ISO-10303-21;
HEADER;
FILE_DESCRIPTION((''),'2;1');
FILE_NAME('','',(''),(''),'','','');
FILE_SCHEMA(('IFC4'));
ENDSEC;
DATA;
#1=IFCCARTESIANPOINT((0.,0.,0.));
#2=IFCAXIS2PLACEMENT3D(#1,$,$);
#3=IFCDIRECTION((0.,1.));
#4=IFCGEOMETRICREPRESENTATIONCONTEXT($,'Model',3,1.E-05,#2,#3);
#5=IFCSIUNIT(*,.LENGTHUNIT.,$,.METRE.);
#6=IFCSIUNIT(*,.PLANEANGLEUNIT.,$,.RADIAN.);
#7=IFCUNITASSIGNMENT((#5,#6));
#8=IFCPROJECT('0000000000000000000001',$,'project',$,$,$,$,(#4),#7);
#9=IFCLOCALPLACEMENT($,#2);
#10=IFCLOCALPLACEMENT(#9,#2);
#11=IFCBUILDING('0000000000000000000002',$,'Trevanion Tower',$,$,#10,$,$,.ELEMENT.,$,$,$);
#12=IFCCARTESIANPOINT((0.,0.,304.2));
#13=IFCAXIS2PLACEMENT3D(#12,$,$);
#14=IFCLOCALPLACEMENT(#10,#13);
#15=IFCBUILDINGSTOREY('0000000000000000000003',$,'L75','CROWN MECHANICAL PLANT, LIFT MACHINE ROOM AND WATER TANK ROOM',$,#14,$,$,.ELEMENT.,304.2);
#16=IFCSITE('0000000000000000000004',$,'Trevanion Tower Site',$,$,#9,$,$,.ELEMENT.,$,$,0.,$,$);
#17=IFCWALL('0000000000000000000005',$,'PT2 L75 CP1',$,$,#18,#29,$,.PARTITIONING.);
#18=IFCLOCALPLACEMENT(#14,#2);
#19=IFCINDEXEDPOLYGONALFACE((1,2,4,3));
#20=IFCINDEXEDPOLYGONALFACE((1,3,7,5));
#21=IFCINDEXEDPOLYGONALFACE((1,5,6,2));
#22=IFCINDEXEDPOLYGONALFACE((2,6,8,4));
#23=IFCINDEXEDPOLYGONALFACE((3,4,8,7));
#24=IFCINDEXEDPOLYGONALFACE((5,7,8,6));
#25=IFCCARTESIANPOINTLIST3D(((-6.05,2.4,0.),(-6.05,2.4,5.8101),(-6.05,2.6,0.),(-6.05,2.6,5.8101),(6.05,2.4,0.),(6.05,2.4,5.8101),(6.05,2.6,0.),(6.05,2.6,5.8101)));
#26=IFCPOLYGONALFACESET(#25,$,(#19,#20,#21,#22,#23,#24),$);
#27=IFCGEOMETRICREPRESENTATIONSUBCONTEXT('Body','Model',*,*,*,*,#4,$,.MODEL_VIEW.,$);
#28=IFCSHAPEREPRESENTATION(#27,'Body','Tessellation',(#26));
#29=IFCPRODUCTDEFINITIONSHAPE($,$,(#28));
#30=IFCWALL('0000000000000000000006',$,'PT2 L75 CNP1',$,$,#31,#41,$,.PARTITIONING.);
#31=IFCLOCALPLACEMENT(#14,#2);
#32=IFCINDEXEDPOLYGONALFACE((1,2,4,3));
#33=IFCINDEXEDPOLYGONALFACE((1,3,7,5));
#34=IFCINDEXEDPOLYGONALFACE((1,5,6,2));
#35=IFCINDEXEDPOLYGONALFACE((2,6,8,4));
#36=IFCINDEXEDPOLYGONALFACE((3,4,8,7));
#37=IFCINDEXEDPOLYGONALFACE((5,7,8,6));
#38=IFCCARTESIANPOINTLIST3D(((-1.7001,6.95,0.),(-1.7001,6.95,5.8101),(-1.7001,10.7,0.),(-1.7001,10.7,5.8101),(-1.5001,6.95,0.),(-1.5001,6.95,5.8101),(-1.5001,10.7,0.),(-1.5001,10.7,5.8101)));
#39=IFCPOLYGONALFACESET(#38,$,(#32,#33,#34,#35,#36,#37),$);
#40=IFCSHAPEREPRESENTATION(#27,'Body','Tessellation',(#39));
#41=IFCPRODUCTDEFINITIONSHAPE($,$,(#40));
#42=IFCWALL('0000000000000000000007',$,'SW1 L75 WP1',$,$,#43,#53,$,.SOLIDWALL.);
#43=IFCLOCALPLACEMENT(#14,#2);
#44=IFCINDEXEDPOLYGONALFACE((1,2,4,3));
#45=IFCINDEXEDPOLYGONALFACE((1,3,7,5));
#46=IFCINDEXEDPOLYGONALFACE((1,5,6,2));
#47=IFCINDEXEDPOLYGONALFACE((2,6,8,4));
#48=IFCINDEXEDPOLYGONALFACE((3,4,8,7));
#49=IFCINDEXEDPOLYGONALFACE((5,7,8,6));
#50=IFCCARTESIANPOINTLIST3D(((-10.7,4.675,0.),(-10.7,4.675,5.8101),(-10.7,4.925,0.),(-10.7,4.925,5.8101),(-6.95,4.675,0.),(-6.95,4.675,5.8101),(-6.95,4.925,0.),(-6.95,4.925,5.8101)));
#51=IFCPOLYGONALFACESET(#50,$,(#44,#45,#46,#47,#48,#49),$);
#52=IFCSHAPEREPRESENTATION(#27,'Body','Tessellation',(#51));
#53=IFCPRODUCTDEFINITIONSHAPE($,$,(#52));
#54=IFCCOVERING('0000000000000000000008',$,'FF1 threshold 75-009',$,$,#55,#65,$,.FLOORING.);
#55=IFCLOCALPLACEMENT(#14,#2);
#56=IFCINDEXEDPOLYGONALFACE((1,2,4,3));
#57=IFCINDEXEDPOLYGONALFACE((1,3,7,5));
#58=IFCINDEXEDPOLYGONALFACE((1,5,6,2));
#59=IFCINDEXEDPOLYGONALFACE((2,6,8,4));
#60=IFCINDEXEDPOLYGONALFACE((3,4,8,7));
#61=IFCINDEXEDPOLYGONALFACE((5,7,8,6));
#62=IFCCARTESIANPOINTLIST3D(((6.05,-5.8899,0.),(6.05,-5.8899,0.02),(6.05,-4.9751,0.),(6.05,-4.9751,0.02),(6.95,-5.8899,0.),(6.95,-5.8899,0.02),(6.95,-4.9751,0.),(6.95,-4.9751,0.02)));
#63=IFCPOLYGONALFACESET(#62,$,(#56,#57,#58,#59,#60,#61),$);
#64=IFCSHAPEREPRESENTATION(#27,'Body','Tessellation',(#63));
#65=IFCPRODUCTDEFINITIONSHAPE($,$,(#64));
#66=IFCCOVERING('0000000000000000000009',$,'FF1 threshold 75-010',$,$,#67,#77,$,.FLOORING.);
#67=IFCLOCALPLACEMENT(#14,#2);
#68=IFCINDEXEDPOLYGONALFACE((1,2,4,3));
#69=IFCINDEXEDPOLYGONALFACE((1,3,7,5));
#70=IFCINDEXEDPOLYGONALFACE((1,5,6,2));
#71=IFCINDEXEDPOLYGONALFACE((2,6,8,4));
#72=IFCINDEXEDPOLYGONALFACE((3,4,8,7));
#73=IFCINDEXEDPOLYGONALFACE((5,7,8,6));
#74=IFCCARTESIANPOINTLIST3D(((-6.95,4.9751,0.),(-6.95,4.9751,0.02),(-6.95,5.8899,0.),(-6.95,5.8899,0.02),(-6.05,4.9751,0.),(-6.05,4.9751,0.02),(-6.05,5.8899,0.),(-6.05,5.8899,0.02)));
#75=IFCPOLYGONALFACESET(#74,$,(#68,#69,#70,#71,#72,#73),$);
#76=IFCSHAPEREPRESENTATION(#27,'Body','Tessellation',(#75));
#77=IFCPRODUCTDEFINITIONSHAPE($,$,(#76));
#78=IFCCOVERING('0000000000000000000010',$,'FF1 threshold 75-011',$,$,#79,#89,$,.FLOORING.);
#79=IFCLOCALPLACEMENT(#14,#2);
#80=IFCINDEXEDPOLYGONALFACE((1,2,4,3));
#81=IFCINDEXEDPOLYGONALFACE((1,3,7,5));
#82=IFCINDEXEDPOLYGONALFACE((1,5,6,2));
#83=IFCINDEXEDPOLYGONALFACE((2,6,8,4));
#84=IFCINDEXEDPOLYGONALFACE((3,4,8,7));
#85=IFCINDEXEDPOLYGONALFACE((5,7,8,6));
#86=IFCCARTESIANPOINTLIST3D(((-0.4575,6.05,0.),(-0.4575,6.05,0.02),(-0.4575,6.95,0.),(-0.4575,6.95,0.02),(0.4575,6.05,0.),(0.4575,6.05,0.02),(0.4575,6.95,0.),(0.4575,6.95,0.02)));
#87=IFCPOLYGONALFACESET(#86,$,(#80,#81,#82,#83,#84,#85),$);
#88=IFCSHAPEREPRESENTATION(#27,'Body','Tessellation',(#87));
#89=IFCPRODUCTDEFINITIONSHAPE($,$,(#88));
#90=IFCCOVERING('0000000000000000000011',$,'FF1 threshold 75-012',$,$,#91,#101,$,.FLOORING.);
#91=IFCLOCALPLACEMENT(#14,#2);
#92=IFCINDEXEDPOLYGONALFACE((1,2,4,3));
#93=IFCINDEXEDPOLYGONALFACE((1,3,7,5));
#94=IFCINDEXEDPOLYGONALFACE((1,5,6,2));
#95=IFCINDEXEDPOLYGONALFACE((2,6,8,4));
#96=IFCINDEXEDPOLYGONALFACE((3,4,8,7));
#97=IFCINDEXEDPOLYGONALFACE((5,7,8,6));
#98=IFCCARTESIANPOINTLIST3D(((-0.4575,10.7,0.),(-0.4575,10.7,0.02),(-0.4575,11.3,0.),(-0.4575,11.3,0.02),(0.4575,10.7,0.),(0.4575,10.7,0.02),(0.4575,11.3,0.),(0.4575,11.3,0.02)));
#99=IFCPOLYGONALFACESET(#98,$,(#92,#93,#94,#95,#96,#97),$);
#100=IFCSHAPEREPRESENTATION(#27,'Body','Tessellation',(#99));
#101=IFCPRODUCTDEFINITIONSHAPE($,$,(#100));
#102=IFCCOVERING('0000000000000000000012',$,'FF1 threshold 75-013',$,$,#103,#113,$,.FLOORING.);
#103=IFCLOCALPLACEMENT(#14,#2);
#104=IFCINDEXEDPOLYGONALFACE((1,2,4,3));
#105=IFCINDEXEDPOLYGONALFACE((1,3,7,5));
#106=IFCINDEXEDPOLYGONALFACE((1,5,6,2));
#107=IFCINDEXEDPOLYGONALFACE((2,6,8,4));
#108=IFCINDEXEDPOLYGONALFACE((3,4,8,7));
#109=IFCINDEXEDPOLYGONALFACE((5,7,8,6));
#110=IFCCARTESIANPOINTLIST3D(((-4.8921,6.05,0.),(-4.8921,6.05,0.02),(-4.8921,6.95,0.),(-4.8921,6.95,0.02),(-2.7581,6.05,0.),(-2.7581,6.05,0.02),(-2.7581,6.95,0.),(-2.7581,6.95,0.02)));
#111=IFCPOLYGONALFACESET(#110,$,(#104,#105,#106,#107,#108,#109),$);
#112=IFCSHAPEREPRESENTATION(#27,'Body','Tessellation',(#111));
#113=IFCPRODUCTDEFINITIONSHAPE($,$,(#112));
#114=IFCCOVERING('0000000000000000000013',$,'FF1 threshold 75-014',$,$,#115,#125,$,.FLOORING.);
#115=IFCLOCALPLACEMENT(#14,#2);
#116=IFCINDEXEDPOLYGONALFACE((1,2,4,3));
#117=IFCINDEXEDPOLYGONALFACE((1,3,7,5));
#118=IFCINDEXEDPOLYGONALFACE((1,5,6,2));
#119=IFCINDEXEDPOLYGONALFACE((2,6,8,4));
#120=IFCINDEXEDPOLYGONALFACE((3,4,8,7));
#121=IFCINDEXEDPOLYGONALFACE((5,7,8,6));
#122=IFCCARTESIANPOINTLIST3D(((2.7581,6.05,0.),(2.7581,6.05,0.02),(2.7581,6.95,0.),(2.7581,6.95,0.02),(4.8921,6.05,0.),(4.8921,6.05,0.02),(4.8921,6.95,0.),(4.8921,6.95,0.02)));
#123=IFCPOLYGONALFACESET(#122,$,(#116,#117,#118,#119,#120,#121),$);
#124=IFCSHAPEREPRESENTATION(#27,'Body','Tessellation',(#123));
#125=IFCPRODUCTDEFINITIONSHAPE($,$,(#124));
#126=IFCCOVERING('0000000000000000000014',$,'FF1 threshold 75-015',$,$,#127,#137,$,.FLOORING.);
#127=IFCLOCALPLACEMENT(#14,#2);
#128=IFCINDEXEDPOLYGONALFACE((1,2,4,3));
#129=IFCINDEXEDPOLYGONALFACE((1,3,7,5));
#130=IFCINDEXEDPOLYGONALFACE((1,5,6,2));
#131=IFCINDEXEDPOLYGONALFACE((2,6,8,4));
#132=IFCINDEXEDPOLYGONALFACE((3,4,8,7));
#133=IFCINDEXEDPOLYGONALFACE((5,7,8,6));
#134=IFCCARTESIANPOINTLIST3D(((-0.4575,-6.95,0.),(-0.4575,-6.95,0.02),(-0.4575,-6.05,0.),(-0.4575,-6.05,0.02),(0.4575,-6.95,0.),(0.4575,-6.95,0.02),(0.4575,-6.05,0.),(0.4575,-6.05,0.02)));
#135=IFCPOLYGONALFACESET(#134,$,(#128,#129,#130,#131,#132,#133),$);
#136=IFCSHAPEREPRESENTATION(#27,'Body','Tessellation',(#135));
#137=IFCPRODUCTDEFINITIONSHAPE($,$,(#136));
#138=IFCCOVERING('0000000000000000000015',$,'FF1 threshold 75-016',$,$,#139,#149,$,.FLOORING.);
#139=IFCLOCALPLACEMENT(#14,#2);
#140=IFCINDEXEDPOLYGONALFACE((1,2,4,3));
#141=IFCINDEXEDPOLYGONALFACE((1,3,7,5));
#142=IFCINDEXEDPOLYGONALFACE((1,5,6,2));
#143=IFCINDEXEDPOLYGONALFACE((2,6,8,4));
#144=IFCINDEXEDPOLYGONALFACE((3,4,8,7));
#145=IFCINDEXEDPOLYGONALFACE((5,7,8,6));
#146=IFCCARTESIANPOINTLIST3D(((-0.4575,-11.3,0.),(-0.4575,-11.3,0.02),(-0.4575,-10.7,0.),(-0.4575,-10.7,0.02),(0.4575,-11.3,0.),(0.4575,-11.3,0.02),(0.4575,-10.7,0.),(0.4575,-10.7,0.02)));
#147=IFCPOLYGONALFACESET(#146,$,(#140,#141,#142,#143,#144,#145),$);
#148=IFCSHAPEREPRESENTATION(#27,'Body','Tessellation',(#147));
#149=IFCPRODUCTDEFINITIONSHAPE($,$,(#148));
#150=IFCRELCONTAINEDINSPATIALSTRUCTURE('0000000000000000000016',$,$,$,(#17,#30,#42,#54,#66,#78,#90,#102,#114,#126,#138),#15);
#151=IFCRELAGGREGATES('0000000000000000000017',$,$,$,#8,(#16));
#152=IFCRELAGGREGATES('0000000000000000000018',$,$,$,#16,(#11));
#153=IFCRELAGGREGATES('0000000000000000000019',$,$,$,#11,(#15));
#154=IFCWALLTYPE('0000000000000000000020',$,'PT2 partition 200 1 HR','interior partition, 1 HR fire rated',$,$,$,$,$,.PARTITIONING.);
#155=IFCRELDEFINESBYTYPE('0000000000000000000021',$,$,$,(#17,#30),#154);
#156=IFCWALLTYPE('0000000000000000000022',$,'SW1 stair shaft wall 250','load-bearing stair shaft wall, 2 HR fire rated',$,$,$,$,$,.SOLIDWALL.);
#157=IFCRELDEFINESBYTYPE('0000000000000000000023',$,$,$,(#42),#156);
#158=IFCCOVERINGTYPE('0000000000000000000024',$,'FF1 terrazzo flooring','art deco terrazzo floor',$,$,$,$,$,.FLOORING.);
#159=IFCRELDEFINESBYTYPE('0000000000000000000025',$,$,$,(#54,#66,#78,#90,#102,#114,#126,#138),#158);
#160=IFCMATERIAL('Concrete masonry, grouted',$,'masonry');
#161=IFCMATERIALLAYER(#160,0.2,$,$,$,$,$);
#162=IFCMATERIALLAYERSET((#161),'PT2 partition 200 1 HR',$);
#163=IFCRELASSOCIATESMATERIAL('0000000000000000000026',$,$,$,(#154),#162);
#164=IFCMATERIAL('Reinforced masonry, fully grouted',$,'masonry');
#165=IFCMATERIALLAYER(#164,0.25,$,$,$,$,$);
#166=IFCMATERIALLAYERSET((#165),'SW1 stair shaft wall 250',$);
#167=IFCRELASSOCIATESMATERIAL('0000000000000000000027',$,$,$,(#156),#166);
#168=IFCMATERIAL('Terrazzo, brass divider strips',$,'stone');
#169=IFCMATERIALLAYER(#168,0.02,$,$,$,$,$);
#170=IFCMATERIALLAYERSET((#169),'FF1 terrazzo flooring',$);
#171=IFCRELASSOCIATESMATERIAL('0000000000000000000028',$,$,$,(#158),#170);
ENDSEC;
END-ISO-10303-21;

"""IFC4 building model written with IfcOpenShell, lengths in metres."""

from ifc_helpers import new_model, si_unit, direction, frame, frame_2d, origin, place, context, subcontext, project, spatial, polyline, rectangle, outline, extrude, material, layer, layer_set, type_object, element, save


model = new_model("IFC4")

# Units and contexts
model_context = context("Model", 3, precision=1e-05, world=origin(), true_north=direction((0.0, 1.0)))
body_context = subcontext(model_context, "Body", "Model", "MODEL_VIEW")
ifc_project = project(units=[si_unit("LENGTHUNIT", "METRE"), si_unit("PLANEANGLEUNIT", "RADIAN")], contexts=[model_context])

# Site, building, storey
site_placement = place(None, origin())
site = spatial("IfcSite", under=ifc_project, at=site_placement, Name="Trevanion Tower Site", CompositionType="ELEMENT", RefElevation=0.0)
building_placement = place(site_placement, origin())
building = spatial("IfcBuilding", under=site, at=building_placement, Name="Trevanion Tower", CompositionType="ELEMENT")
storey_placement = place(building_placement, frame((0.0, 0.0, 304.2)))
storey = spatial("IfcBuildingStorey", under=building, at=storey_placement, Name="L75", Description="CROWN MECHANICAL PLANT, LIFT MACHINE ROOM AND WATER TANK ROOM", CompositionType="ELEMENT", Elevation=304.2)

# Walls
ifc_material_1 = material(Name="Concrete masonry, grouted", Category="masonry")
ifc_layer_1 = layer(ifc_material_1, 0.2)
ifc_layer_set_1 = layer_set([ifc_layer_1], Name="PT2 partition 200 1 HR")
wall_type_1 = type_object("IfcWallType", Name="PT2 partition 200 1 HR", Description="interior partition, 1 HR fire rated", PredefinedType="PARTITIONING", material=ifc_layer_set_1)
wall_1_placement = place(storey_placement, frame((-6.05, 2.5, 0.0), z_axis=(0.0, 0.0, 1.0), x_axis=(1.0, 0.0, 0.0)))
element("IfcWall", 1, at=wall_1_placement, inside=storey, type_object=wall_type_1, Name="PT2 L75 CP1", PredefinedType="PARTITIONING", context=body_context, shape_type="SweptSolid", body=[
    extrude(rectangle(XDim=12.1001, YDim=0.2, at=frame_2d((6.05, 0.0))), origin(), (0.0, 0.0, 1.0), 5.8101),
])
wall_2_placement = place(storey_placement, frame((-1.6001, 6.95, 0.0), z_axis=(0.0, 0.0, 1.0), x_axis=(0.0, 1.0, 0.0)))
element("IfcWall", 2, at=wall_2_placement, inside=storey, type_object=wall_type_1, Name="PT2 L75 CNP1", PredefinedType="PARTITIONING", context=body_context, shape_type="SweptSolid", body=[
    extrude(rectangle(XDim=3.75, YDim=0.2, at=frame_2d((1.875, 0.0))), origin(), (0.0, 0.0, 1.0), 5.8101),
])
ifc_material_2 = material(Name="Reinforced masonry, fully grouted", Category="masonry")
ifc_layer_2 = layer(ifc_material_2, 0.25)
ifc_layer_set_2 = layer_set([ifc_layer_2], Name="SW1 stair shaft wall 250")
wall_type_2 = type_object("IfcWallType", Name="SW1 stair shaft wall 250", Description="load-bearing stair shaft wall, 2 HR fire rated", PredefinedType="SOLIDWALL", material=ifc_layer_set_2)
wall_3_placement = place(storey_placement, frame((-6.95, 4.8, 0.0), z_axis=(0.0, 0.0, 1.0), x_axis=(-1.0, 0.0, 0.0)))
element("IfcWall", 3, at=wall_3_placement, inside=storey, type_object=wall_type_2, Name="SW1 L75 WP1", PredefinedType="SOLIDWALL", context=body_context, shape_type="SweptSolid", body=[
    extrude(rectangle(XDim=3.75, YDim=0.25, at=frame_2d((1.875, 0.0))), origin(), (0.0, 0.0, 1.0), 5.8101),
])

# Coverings
ifc_material_3 = material(Name="Terrazzo, brass divider strips", Category="stone")
ifc_layer_3 = layer(ifc_material_3, 0.02)
ifc_layer_set_3 = layer_set([ifc_layer_3], Name="FF1 terrazzo flooring")
covering_type = type_object("IfcCoveringType", Name="FF1 terrazzo flooring", Description="art deco terrazzo floor", PredefinedType="FLOORING", material=ifc_layer_set_3)
covering_1_placement = place(storey_placement, origin())
element("IfcCovering", 4, at=covering_1_placement, inside=storey, type_object=covering_type, Name="FF1 threshold 75-009", PredefinedType="FLOORING", context=body_context, shape_type="SweptSolid", body=[
    extrude(outline(polyline([(6.95, -5.8899), (6.95, -4.9751), (6.05, -4.9751), (6.05, -5.8899), (6.95, -5.8899)])), origin(), (0.0, 0.0, 1.0), 0.02),
])
covering_2_placement = place(storey_placement, origin())
element("IfcCovering", 5, at=covering_2_placement, inside=storey, type_object=covering_type, Name="FF1 threshold 75-010", PredefinedType="FLOORING", context=body_context, shape_type="SweptSolid", body=[
    extrude(outline(polyline([(-6.95, 5.8899), (-6.95, 4.9751), (-6.05, 4.9751), (-6.05, 5.8899), (-6.95, 5.8899)])), origin(), (0.0, 0.0, 1.0), 0.02),
])
covering_3_placement = place(storey_placement, origin())
element("IfcCovering", 6, at=covering_3_placement, inside=storey, type_object=covering_type, Name="FF1 threshold 75-011", PredefinedType="FLOORING", context=body_context, shape_type="SweptSolid", body=[
    extrude(outline(polyline([(0.4575, 6.95), (-0.4575, 6.95), (-0.4575, 6.05), (0.4575, 6.05), (0.4575, 6.95)])), origin(), (0.0, 0.0, 1.0), 0.02),
])
covering_4_placement = place(storey_placement, origin())
element("IfcCovering", 7, at=covering_4_placement, inside=storey, type_object=covering_type, Name="FF1 threshold 75-012", PredefinedType="FLOORING", context=body_context, shape_type="SweptSolid", body=[
    extrude(outline(polyline([(0.4575, 11.3), (-0.4575, 11.3), (-0.4575, 10.7), (0.4575, 10.7), (0.4575, 11.3)])), origin(), (0.0, 0.0, 1.0), 0.02),
])
covering_5_placement = place(storey_placement, origin())
element("IfcCovering", 8, at=covering_5_placement, inside=storey, type_object=covering_type, Name="FF1 threshold 75-013", PredefinedType="FLOORING", context=body_context, shape_type="SweptSolid", body=[
    extrude(outline(polyline([(-2.7581, 6.95), (-4.8921, 6.95), (-4.8921, 6.05), (-2.7581, 6.05), (-2.7581, 6.95)])), origin(), (0.0, 0.0, 1.0), 0.02),
])
covering_6_placement = place(storey_placement, origin())
element("IfcCovering", 9, at=covering_6_placement, inside=storey, type_object=covering_type, Name="FF1 threshold 75-014", PredefinedType="FLOORING", context=body_context, shape_type="SweptSolid", body=[
    extrude(outline(polyline([(4.8921, 6.95), (2.7581, 6.95), (2.7581, 6.05), (4.8921, 6.05), (4.8921, 6.95)])), origin(), (0.0, 0.0, 1.0), 0.02),
])
covering_7_placement = place(storey_placement, origin())
element("IfcCovering", 10, at=covering_7_placement, inside=storey, type_object=covering_type, Name="FF1 threshold 75-015", PredefinedType="FLOORING", context=body_context, shape_type="SweptSolid", body=[
    extrude(outline(polyline([(-0.4575, -6.95), (0.4575, -6.95), (0.4575, -6.05), (-0.4575, -6.05), (-0.4575, -6.95)])), origin(), (0.0, 0.0, 1.0), 0.02),
])
covering_8_placement = place(storey_placement, origin())
element("IfcCovering", 11, at=covering_8_placement, inside=storey, type_object=covering_type, Name="FF1 threshold 75-016", PredefinedType="FLOORING", context=body_context, shape_type="SweptSolid", body=[
    extrude(outline(polyline([(-0.4575, -11.3), (0.4575, -11.3), (0.4575, -10.7), (-0.4575, -10.7), (-0.4575, -11.3)])), origin(), (0.0, 0.0, 1.0), 0.02),
])

save(model, "model.ifc")
